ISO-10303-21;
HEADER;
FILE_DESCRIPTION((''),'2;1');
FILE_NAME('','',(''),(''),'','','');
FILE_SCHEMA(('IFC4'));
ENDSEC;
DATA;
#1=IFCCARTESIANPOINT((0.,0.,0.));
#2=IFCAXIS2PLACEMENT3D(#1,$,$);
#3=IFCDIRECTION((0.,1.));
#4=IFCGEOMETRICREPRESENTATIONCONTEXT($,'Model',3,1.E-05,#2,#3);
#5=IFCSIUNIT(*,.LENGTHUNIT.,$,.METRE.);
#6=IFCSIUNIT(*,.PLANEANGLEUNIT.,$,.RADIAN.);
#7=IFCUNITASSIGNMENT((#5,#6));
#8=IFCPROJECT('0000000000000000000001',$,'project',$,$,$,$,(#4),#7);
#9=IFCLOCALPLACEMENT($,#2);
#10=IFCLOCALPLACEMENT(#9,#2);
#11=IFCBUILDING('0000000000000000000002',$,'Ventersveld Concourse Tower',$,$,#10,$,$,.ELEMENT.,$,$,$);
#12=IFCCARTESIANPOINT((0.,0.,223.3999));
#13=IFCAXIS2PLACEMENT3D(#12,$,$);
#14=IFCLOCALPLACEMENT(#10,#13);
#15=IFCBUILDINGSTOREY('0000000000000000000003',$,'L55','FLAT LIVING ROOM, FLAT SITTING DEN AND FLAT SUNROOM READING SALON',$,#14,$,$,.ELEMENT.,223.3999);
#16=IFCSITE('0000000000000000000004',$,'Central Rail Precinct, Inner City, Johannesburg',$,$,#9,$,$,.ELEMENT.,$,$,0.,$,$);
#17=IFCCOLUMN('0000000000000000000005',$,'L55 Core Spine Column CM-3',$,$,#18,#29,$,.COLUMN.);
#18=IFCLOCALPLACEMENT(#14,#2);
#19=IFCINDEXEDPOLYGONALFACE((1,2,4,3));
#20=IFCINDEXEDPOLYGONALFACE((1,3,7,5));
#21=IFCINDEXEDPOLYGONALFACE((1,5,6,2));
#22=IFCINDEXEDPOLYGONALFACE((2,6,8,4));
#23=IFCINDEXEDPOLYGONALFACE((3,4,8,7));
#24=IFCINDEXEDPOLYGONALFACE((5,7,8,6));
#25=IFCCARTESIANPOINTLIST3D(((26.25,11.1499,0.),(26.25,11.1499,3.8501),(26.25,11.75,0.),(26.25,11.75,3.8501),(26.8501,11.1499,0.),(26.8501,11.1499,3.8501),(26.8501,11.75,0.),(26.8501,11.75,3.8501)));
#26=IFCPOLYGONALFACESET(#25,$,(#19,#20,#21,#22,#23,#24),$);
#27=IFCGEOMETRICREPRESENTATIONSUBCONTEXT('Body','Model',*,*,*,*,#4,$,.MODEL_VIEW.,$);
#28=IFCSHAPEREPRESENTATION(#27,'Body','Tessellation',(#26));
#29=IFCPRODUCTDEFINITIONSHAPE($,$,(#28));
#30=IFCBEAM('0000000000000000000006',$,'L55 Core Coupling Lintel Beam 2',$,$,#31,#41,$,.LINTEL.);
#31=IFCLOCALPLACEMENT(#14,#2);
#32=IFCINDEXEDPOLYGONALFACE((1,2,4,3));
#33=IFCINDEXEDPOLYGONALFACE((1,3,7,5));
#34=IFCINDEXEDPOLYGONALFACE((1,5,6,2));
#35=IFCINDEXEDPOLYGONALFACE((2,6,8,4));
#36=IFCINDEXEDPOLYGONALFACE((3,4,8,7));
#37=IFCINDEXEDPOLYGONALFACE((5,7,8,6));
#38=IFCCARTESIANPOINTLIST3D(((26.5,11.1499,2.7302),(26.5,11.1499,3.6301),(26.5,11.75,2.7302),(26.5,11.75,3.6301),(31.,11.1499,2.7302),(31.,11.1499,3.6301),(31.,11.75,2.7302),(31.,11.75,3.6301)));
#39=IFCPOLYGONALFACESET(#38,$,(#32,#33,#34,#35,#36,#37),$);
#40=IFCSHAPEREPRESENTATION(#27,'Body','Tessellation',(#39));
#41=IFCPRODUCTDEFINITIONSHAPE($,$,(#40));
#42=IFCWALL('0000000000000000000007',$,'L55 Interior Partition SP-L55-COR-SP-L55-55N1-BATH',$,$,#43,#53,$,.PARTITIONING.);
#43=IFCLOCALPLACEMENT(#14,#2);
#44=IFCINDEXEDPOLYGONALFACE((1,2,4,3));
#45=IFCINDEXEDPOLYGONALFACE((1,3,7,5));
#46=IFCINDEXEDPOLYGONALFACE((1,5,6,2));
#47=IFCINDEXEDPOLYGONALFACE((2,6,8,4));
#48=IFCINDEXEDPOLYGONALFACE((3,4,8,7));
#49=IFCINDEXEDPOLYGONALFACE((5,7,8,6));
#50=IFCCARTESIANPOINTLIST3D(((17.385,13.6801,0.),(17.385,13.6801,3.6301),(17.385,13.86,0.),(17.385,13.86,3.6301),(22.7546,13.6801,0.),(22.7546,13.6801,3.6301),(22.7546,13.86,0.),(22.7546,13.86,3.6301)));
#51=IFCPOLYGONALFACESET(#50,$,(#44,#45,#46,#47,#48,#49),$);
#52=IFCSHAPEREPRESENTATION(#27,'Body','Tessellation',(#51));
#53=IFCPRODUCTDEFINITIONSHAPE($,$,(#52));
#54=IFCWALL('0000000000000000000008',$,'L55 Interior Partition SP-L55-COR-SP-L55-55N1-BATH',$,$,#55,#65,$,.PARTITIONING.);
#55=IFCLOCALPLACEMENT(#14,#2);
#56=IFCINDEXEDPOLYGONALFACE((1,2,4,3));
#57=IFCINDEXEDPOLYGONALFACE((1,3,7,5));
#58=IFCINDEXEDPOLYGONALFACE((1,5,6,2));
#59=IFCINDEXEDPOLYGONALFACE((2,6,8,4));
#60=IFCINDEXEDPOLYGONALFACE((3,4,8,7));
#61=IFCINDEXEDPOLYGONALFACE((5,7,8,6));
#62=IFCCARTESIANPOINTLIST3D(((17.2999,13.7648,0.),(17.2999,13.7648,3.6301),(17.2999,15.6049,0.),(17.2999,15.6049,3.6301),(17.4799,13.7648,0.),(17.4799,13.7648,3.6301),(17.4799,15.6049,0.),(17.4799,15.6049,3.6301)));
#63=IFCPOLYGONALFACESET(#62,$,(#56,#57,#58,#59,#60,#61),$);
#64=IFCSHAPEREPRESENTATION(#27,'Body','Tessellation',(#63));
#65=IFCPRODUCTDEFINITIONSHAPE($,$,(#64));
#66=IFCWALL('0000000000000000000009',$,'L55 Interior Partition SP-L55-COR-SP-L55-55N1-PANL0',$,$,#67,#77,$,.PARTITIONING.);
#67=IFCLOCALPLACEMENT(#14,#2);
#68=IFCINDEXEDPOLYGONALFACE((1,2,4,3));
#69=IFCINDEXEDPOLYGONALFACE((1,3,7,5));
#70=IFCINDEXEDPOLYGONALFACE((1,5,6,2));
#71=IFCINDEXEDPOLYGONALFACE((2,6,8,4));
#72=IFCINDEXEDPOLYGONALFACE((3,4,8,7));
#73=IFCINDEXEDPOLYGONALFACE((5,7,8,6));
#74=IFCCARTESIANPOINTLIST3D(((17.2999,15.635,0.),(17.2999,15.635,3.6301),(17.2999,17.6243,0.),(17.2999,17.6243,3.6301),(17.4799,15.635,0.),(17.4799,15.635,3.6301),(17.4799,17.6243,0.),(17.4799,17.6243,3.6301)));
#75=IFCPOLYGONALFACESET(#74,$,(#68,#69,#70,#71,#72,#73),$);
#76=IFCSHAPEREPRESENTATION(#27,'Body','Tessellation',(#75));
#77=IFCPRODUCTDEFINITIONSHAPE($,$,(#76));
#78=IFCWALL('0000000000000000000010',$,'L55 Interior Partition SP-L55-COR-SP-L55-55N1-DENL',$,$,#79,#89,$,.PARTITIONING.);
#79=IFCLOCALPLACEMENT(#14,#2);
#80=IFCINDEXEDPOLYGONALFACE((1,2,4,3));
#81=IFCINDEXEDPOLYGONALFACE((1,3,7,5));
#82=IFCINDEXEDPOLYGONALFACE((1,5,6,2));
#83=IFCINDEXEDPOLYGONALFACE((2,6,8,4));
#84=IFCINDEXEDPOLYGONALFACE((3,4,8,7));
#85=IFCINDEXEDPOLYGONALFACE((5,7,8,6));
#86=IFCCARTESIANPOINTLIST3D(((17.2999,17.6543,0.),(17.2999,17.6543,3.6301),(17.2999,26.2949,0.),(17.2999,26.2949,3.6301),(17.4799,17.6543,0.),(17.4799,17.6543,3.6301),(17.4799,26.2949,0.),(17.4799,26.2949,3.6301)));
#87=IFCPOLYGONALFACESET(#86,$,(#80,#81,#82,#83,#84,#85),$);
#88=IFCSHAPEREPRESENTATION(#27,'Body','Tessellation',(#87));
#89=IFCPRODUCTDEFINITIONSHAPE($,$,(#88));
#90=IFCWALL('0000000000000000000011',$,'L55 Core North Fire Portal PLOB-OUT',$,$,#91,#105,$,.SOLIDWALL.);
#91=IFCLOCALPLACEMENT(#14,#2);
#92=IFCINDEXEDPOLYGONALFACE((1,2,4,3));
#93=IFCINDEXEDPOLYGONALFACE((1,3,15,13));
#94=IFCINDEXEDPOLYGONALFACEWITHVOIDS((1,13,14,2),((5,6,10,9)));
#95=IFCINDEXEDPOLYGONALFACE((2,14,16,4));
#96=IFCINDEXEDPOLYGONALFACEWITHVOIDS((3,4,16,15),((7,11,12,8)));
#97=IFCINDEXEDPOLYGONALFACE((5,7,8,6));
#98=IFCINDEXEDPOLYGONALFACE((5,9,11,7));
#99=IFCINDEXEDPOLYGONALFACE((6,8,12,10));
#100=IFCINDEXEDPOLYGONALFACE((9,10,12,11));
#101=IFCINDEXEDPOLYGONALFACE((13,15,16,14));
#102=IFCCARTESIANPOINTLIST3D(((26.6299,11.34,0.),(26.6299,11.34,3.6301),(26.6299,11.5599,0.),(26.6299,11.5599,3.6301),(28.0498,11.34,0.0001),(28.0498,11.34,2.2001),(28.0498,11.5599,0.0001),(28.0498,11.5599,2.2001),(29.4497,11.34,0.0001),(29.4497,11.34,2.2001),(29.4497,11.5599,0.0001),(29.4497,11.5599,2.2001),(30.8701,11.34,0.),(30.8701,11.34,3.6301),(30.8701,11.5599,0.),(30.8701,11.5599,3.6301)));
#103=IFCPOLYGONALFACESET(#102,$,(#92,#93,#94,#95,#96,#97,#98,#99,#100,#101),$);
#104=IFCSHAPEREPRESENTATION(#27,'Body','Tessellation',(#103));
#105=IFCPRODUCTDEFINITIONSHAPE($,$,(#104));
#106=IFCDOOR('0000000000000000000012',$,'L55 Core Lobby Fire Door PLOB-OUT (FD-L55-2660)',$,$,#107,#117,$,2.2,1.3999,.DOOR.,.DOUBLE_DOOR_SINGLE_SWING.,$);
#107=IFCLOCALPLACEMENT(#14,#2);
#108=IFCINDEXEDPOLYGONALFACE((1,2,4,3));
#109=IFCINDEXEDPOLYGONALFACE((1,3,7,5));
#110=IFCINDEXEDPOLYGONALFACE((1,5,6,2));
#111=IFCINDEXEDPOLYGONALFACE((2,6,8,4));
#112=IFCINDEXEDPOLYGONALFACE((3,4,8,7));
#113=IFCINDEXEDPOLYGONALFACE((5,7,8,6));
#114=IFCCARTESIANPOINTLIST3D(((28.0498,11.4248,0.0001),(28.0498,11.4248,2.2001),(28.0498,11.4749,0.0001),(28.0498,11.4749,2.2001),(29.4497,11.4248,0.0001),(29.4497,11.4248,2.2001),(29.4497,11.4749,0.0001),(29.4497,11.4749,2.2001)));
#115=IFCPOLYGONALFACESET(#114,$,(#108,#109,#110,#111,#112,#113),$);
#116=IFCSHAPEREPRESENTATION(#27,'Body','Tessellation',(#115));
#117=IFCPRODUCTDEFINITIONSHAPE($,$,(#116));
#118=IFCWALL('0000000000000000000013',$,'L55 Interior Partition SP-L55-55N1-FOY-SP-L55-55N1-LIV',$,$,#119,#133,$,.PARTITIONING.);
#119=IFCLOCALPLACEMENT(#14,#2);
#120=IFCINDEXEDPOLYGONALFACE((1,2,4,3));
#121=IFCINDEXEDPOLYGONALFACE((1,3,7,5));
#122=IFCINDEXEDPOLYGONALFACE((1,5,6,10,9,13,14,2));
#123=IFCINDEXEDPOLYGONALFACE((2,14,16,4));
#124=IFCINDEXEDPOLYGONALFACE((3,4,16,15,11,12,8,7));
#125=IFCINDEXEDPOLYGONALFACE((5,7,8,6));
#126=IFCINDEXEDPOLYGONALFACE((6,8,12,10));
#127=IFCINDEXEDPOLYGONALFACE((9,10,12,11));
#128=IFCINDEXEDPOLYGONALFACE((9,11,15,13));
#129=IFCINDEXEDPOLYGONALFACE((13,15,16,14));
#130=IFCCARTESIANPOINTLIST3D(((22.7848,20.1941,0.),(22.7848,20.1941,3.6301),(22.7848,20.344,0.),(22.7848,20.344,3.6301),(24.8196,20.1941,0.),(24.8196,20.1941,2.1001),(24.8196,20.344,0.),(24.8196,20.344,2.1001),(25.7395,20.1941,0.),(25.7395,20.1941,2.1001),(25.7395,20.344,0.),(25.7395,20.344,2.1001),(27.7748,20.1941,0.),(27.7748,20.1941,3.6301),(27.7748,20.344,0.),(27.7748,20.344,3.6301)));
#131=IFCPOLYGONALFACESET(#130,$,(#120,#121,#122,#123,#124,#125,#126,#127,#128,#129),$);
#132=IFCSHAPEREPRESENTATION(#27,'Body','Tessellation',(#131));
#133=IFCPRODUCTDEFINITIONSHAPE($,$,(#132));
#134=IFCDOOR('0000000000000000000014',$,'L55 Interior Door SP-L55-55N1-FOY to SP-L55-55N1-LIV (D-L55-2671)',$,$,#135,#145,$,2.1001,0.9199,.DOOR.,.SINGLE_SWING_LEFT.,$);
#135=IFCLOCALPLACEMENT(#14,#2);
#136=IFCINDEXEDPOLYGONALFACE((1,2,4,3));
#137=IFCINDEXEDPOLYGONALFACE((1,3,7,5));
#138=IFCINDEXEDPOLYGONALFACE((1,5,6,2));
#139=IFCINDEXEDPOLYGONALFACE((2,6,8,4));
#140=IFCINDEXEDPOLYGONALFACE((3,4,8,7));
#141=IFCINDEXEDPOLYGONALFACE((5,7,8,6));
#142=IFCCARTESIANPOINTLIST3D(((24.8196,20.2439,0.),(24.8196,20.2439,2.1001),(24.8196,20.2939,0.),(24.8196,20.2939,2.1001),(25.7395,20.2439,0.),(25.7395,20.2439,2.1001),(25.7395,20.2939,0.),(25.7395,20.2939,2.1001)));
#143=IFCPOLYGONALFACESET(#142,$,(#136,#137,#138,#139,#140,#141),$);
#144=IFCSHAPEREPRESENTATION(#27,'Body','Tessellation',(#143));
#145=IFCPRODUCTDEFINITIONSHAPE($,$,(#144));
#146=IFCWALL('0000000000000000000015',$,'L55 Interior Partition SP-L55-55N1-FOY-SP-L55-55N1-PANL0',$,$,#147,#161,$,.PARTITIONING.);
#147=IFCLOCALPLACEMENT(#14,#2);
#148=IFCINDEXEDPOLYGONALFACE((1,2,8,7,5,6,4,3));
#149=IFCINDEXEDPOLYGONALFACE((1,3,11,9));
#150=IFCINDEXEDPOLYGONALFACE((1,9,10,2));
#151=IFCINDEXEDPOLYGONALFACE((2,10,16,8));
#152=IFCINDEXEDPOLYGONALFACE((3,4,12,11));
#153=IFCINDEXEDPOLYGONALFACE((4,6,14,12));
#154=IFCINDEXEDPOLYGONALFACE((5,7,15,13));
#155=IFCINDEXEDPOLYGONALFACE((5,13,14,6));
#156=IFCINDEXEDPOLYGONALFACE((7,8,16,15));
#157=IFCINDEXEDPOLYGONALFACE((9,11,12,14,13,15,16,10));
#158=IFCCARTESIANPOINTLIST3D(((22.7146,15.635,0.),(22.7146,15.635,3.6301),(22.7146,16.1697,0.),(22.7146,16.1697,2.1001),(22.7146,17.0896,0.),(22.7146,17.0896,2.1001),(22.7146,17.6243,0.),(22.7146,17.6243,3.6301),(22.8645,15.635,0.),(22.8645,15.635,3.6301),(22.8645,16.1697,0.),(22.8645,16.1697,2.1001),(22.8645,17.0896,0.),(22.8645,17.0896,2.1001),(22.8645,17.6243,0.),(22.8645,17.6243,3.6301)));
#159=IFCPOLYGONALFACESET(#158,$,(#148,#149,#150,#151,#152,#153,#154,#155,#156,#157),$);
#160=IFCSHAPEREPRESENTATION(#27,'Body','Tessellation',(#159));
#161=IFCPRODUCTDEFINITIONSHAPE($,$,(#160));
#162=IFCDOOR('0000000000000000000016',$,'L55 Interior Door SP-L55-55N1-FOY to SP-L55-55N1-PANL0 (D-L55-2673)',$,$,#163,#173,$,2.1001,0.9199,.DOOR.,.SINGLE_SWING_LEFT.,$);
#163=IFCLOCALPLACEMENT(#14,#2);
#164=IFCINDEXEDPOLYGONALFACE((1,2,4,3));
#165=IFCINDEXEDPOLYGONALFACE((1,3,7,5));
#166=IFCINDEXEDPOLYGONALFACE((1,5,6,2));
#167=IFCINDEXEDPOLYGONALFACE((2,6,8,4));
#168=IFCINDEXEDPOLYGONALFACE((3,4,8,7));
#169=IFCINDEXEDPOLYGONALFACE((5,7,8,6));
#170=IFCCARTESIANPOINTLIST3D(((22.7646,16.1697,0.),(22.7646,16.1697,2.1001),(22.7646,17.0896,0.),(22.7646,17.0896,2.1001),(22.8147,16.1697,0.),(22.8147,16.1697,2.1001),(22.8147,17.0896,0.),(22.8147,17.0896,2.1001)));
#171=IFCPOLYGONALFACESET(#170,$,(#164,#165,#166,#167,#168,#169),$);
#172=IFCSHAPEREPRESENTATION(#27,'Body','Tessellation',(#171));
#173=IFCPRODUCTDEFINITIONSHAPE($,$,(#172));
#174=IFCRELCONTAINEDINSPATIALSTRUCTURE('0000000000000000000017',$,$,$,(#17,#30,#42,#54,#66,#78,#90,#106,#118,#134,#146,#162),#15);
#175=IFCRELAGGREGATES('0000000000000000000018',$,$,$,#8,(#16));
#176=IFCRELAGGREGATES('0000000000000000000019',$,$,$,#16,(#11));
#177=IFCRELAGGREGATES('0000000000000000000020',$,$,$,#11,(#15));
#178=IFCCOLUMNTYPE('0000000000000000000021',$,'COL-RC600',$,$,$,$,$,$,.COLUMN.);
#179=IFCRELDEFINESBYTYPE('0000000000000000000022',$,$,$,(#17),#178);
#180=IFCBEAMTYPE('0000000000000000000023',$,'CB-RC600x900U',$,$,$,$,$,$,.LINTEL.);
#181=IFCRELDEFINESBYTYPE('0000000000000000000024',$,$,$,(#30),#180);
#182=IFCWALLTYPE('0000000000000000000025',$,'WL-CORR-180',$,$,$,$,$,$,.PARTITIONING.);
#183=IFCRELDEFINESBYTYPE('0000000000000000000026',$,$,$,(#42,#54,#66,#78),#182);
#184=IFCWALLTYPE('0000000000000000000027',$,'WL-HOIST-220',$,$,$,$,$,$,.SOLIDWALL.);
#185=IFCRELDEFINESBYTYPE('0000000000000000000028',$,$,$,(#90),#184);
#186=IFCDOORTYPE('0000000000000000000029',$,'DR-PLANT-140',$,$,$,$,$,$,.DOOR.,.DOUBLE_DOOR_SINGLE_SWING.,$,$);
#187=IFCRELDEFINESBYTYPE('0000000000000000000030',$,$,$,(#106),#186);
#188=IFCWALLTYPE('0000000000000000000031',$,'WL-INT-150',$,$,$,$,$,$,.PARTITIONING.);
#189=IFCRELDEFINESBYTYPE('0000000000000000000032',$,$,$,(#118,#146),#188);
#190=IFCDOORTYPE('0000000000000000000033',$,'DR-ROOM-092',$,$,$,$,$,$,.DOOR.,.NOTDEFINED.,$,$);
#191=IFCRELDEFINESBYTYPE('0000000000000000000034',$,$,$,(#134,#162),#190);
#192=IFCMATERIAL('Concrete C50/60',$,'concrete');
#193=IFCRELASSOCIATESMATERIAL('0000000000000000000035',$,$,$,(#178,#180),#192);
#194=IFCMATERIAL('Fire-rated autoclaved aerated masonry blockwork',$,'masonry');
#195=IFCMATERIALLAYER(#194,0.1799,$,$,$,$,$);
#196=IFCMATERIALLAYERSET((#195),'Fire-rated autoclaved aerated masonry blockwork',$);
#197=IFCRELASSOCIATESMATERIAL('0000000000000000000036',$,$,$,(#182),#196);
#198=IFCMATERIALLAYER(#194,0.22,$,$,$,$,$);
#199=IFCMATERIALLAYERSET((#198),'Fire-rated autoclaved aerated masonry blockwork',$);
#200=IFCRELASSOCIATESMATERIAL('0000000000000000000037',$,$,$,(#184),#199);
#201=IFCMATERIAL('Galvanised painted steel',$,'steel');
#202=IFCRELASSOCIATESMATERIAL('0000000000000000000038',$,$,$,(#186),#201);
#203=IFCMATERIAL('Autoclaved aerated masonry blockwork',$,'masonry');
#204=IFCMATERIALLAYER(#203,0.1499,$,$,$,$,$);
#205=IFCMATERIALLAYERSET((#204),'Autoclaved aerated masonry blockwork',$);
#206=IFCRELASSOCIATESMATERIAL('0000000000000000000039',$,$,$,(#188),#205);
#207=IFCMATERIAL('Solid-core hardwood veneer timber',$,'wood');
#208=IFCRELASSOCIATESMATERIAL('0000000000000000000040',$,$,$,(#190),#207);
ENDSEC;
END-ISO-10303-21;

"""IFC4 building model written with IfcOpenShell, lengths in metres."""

from ifc_helpers import new_model, si_unit, direction, frame, frame_2d, origin, origin_2d, place, context, subcontext, project, spatial, rectangle, extrude, material, layer, layer_set, material_profile, profile_set, type_object, element, fill, save


model = new_model("IFC4")

# Units and contexts
model_context = context("Model", 3, precision=1e-05, world=origin(), true_north=direction((0.0, 1.0)))
body_context = subcontext(model_context, "Body", "Model", "MODEL_VIEW")
ifc_project = project(units=[si_unit("LENGTHUNIT", "METRE"), si_unit("PLANEANGLEUNIT", "RADIAN")], contexts=[model_context])

# Site, building, storey
site_placement = place(None, origin())
site = spatial("IfcSite", under=ifc_project, at=site_placement, Name="Central Rail Precinct, Inner City, Johannesburg", CompositionType="ELEMENT", RefElevation=0.0)
building_placement = place(site_placement, origin())
building = spatial("IfcBuilding", under=site, at=building_placement, Name="Ventersveld Concourse Tower", CompositionType="ELEMENT")
storey_placement = place(building_placement, frame((0.0, 0.0, 223.3999)))
storey = spatial("IfcBuildingStorey", under=building, at=storey_placement, Name="L55", Description="FLAT LIVING ROOM, FLAT SITTING DEN AND FLAT SUNROOM READING SALON", CompositionType="ELEMENT", Elevation=223.3999)

# Column
ifc_material_1 = material(Name="Concrete C50/60", Category="concrete")
ifc_material_profile_1 = material_profile(ifc_material_1, rectangle(XDim=0.6001, YDim=0.6001, at=origin_2d()), Name="RC 600x600")
ifc_profile_set_1 = profile_set([ifc_material_profile_1], Name="Concrete C50/60")
column_type = type_object("IfcColumnType", Name="COL-RC600", PredefinedType="COLUMN", material=ifc_profile_set_1)
column_placement = place(storey_placement, frame((26.55, 11.45, 0.0), z_axis=(0.0, 0.0, 1.0), x_axis=(1.0, 0.0, 0.0)))
element("IfcColumn", 1, at=column_placement, inside=storey, type_object=column_type, Name="L55 Core Spine Column CM-3", PredefinedType="COLUMN", context=body_context, shape_type="SweptSolid", body=[
    extrude(rectangle(XDim=0.6001, YDim=0.6001, at=origin_2d()), origin(), (0.0, 0.0, 1.0), 3.8501),
])

# Beam
ifc_material_profile_2 = material_profile(ifc_material_1, rectangle(XDim=0.6001, YDim=0.8999, at=origin_2d()), Name="RC 600x900")
ifc_profile_set_2 = profile_set([ifc_material_profile_2], Name="Concrete C50/60")
beam_type = type_object("IfcBeamType", Name="CB-RC600x900U", PredefinedType="LINTEL", material=ifc_profile_set_2)
beam_placement = place(storey_placement, frame((26.5, 11.45, 3.1802), z_axis=(1.0, 0.0, 0.0), x_axis=(0.0, 1.0, 0.0)))
element("IfcBeam", 2, at=beam_placement, inside=storey, type_object=beam_type, Name="L55 Core Coupling Lintel Beam 2", PredefinedType="LINTEL", context=body_context, shape_type="SweptSolid", body=[
    extrude(rectangle(XDim=0.6001, YDim=0.8999, at=origin_2d()), origin(), (0.0, 0.0, 1.0), 4.5),
])

# Shared definitions
ifc_material_2 = material(Name="Fire-rated autoclaved aerated masonry blockwork", Category="masonry")
ifc_layer_1 = layer(ifc_material_2, 0.1799)
ifc_layer_set_1 = layer_set([ifc_layer_1], Name="Fire-rated autoclaved aerated masonry blockwork")
wall_type_1 = type_object("IfcWallType", Name="WL-CORR-180", PredefinedType="PARTITIONING", material=ifc_layer_set_1)
ifc_material_3 = material(Name="Solid-core hardwood veneer timber", Category="wood")

# Walls
wall_1_placement = place(storey_placement, frame((17.385, 13.77, 0.0), z_axis=(0.0, 0.0, 1.0), x_axis=(1.0, 0.0, 0.0)))
element("IfcWall", 3, at=wall_1_placement, inside=storey, type_object=wall_type_1, Name="L55 Interior Partition SP-L55-COR-SP-L55-55N1-BATH", PredefinedType="PARTITIONING", context=body_context, shape_type="SweptSolid", body=[
    extrude(rectangle(XDim=5.3696, YDim=0.1799, at=frame_2d((2.6848, 0.0))), origin(), (0.0, 0.0, 1.0), 3.6301),
])
wall_2_placement = place(storey_placement, frame((17.3899, 13.7649, 0.0), z_axis=(0.0, 0.0, 1.0), x_axis=(0.0, 1.0, 0.0)))
element("IfcWall", 4, at=wall_2_placement, inside=storey, type_object=wall_type_1, Name="L55 Interior Partition SP-L55-COR-SP-L55-55N1-BATH", PredefinedType="PARTITIONING", context=body_context, shape_type="SweptSolid", body=[
    extrude(rectangle(XDim=1.8401, YDim=0.1799, at=frame_2d((0.9199, 0.0))), origin(), (0.0, 0.0, 1.0), 3.6301),
])
wall_3_placement = place(storey_placement, frame((17.3899, 15.635, 0.0), z_axis=(0.0, 0.0, 1.0), x_axis=(0.0, 1.0, 0.0)))
element("IfcWall", 5, at=wall_3_placement, inside=storey, type_object=wall_type_1, Name="L55 Interior Partition SP-L55-COR-SP-L55-55N1-PANL0", PredefinedType="PARTITIONING", context=body_context, shape_type="SweptSolid", body=[
    extrude(rectangle(XDim=1.9893, YDim=0.1799, at=frame_2d((0.9946, 0.0))), origin(), (0.0, 0.0, 1.0), 3.6301),
])
wall_4_placement = place(storey_placement, frame((17.3899, 17.6543, 0.0), z_axis=(0.0, 0.0, 1.0), x_axis=(0.0, 1.0, 0.0)))
element("IfcWall", 6, at=wall_4_placement, inside=storey, type_object=wall_type_1, Name="L55 Interior Partition SP-L55-COR-SP-L55-55N1-DENL", PredefinedType="PARTITIONING", context=body_context, shape_type="SweptSolid", body=[
    extrude(rectangle(XDim=8.6406, YDim=0.1799, at=frame_2d((4.3203, 0.0))), origin(), (0.0, 0.0, 1.0), 3.6301),
])

# Walls, openings, doors
ifc_layer_2 = layer(ifc_material_2, 0.22)
ifc_layer_set_2 = layer_set([ifc_layer_2], Name="Fire-rated autoclaved aerated masonry blockwork")
wall_type_2 = type_object("IfcWallType", Name="WL-HOIST-220", PredefinedType="SOLIDWALL", material=ifc_layer_set_2)
wall_5_placement = place(storey_placement, frame((26.6299, 11.45, 0.0), z_axis=(0.0, 0.0, 1.0), x_axis=(1.0, 0.0, 0.0)))
wall_5 = element("IfcWall", 7, at=wall_5_placement, inside=storey, type_object=wall_type_2, Name="L55 Core North Fire Portal PLOB-OUT", PredefinedType="SOLIDWALL", context=body_context, shape_type="SweptSolid", body=[
    extrude(rectangle(XDim=4.2402, YDim=0.22, at=frame_2d((2.1201, 0.0))), origin(), (0.0, 0.0, 1.0), 3.6301),
])
opening_1_placement = place(wall_5_placement, frame((1.4199, 0.0, 0.0)))
opening_1 = element("IfcOpeningElement", 8, at=opening_1_placement, cuts=wall_5, PredefinedType="OPENING", context=body_context, shape_type="SweptSolid", body=[
    extrude(rectangle(XDim=1.3999, YDim=2.2, at=frame_2d((0.7, 1.1001))), frame((0.0, 0.1201, 0.0), z_axis=(0.0, -1.0, 0.0), x_axis=(1.0, 0.0, 0.0)), (0.0, 0.0, 1.0), 0.24),
])
ifc_material_4 = material(Name="Galvanised painted steel", Category="steel")
door_type_1 = type_object("IfcDoorType", Name="DR-PLANT-140", OperationType="DOUBLE_DOOR_SINGLE_SWING", PredefinedType="DOOR", material=ifc_material_4)
door_1_placement = place(opening_1_placement, origin())
door_1 = element("IfcDoor", 9, at=door_1_placement, inside=storey, type_object=door_type_1, Name="L55 Core Lobby Fire Door PLOB-OUT (FD-L55-2660)", OperationType="DOUBLE_DOOR_SINGLE_SWING", OverallHeight=2.2, OverallWidth=1.3999, PredefinedType="DOOR", context=body_context, shape_type="SweptSolid", body=[
    extrude(rectangle(XDim=1.3999, YDim=2.2, at=frame_2d((0.7, 1.1001))), frame((0.0, 0.0249, 0.0), z_axis=(0.0, -1.0, 0.0), x_axis=(1.0, 0.0, 0.0)), (0.0, 0.0, 1.0), 0.05),
])
fill(opening_1, door_1)
ifc_material_5 = material(Name="Autoclaved aerated masonry blockwork", Category="masonry")
ifc_layer_3 = layer(ifc_material_5, 0.1499)
ifc_layer_set_3 = layer_set([ifc_layer_3], Name="Autoclaved aerated masonry blockwork")
wall_type_3 = type_object("IfcWallType", Name="WL-INT-150", PredefinedType="PARTITIONING", material=ifc_layer_set_3)
wall_6_placement = place(storey_placement, frame((22.7847, 20.269, 0.0), z_axis=(0.0, 0.0, 1.0), x_axis=(1.0, 0.0, 0.0)))
wall_6 = element("IfcWall", 10, at=wall_6_placement, inside=storey, type_object=wall_type_3, Name="L55 Interior Partition SP-L55-55N1-FOY-SP-L55-55N1-LIV", PredefinedType="PARTITIONING", context=body_context, shape_type="SweptSolid", body=[
    extrude(rectangle(XDim=4.99, YDim=0.1499, at=frame_2d((2.4951, 0.0))), origin(), (0.0, 0.0, 1.0), 3.6301),
])
opening_2_placement = place(wall_6_placement, frame((2.0349, 0.0, 0.0)))
opening_2 = element("IfcOpeningElement", 11, at=opening_2_placement, cuts=wall_6, PredefinedType="OPENING", context=body_context, shape_type="SweptSolid", body=[
    extrude(rectangle(XDim=0.9199, YDim=2.1001, at=frame_2d((0.46, 1.05))), frame((0.0, 0.085, 0.0), z_axis=(0.0, -1.0, 0.0), x_axis=(1.0, 0.0, 0.0)), (0.0, 0.0, 1.0), 0.1699),
])
door_type_2 = type_object("IfcDoorType", Name="DR-ROOM-092", OperationType="NOTDEFINED", PredefinedType="DOOR", material=ifc_material_3)
door_2_placement = place(opening_2_placement, origin())
door_2 = element("IfcDoor", 12, at=door_2_placement, inside=storey, type_object=door_type_2, Name="L55 Interior Door SP-L55-55N1-FOY to SP-L55-55N1-LIV (D-L55-2671)", OperationType="SINGLE_SWING_LEFT", OverallHeight=2.1001, OverallWidth=0.9199, PredefinedType="DOOR", context=body_context, shape_type="SweptSolid", body=[
    extrude(rectangle(XDim=0.9199, YDim=2.1001, at=frame_2d((0.46, 1.05))), frame((0.0, 0.0249, 0.0), z_axis=(0.0, -1.0, 0.0), x_axis=(1.0, 0.0, 0.0)), (0.0, 0.0, 1.0), 0.05),
])
fill(opening_2, door_2)
wall_7_placement = place(storey_placement, frame((22.7896, 15.635, 0.0), z_axis=(0.0, 0.0, 1.0), x_axis=(0.0, 1.0, 0.0)))
wall_7 = element("IfcWall", 13, at=wall_7_placement, inside=storey, type_object=wall_type_3, Name="L55 Interior Partition SP-L55-55N1-FOY-SP-L55-55N1-PANL0", PredefinedType="PARTITIONING", context=body_context, shape_type="SweptSolid", body=[
    extrude(rectangle(XDim=1.9893, YDim=0.1499, at=frame_2d((0.9946, 0.0))), origin(), (0.0, 0.0, 1.0), 3.6301),
])
opening_3_placement = place(wall_7_placement, frame((0.5347, 0.0, 0.0)))
opening_3 = element("IfcOpeningElement", 14, at=opening_3_placement, cuts=wall_7, PredefinedType="OPENING", context=body_context, shape_type="SweptSolid", body=[
    extrude(rectangle(XDim=0.9199, YDim=2.1001, at=frame_2d((0.46, 1.05))), frame((0.0, 0.085, 0.0), z_axis=(0.0, -1.0, 0.0), x_axis=(1.0, 0.0, 0.0)), (0.0, 0.0, 1.0), 0.1699),
])
door_3_placement = place(opening_3_placement, origin())
door_3 = element("IfcDoor", 15, at=door_3_placement, inside=storey, type_object=door_type_2, Name="L55 Interior Door SP-L55-55N1-FOY to SP-L55-55N1-PANL0 (D-L55-2673)", OperationType="SINGLE_SWING_LEFT", OverallHeight=2.1001, OverallWidth=0.9199, PredefinedType="DOOR", context=body_context, shape_type="SweptSolid", body=[
    extrude(rectangle(XDim=0.9199, YDim=2.1001, at=frame_2d((0.46, 1.05))), frame((0.0, 0.0249, 0.0), z_axis=(0.0, -1.0, 0.0), x_axis=(1.0, 0.0, 0.0)), (0.0, 0.0, 1.0), 0.05),
])
fill(opening_3, door_3)

save(model, "model.ifc")
